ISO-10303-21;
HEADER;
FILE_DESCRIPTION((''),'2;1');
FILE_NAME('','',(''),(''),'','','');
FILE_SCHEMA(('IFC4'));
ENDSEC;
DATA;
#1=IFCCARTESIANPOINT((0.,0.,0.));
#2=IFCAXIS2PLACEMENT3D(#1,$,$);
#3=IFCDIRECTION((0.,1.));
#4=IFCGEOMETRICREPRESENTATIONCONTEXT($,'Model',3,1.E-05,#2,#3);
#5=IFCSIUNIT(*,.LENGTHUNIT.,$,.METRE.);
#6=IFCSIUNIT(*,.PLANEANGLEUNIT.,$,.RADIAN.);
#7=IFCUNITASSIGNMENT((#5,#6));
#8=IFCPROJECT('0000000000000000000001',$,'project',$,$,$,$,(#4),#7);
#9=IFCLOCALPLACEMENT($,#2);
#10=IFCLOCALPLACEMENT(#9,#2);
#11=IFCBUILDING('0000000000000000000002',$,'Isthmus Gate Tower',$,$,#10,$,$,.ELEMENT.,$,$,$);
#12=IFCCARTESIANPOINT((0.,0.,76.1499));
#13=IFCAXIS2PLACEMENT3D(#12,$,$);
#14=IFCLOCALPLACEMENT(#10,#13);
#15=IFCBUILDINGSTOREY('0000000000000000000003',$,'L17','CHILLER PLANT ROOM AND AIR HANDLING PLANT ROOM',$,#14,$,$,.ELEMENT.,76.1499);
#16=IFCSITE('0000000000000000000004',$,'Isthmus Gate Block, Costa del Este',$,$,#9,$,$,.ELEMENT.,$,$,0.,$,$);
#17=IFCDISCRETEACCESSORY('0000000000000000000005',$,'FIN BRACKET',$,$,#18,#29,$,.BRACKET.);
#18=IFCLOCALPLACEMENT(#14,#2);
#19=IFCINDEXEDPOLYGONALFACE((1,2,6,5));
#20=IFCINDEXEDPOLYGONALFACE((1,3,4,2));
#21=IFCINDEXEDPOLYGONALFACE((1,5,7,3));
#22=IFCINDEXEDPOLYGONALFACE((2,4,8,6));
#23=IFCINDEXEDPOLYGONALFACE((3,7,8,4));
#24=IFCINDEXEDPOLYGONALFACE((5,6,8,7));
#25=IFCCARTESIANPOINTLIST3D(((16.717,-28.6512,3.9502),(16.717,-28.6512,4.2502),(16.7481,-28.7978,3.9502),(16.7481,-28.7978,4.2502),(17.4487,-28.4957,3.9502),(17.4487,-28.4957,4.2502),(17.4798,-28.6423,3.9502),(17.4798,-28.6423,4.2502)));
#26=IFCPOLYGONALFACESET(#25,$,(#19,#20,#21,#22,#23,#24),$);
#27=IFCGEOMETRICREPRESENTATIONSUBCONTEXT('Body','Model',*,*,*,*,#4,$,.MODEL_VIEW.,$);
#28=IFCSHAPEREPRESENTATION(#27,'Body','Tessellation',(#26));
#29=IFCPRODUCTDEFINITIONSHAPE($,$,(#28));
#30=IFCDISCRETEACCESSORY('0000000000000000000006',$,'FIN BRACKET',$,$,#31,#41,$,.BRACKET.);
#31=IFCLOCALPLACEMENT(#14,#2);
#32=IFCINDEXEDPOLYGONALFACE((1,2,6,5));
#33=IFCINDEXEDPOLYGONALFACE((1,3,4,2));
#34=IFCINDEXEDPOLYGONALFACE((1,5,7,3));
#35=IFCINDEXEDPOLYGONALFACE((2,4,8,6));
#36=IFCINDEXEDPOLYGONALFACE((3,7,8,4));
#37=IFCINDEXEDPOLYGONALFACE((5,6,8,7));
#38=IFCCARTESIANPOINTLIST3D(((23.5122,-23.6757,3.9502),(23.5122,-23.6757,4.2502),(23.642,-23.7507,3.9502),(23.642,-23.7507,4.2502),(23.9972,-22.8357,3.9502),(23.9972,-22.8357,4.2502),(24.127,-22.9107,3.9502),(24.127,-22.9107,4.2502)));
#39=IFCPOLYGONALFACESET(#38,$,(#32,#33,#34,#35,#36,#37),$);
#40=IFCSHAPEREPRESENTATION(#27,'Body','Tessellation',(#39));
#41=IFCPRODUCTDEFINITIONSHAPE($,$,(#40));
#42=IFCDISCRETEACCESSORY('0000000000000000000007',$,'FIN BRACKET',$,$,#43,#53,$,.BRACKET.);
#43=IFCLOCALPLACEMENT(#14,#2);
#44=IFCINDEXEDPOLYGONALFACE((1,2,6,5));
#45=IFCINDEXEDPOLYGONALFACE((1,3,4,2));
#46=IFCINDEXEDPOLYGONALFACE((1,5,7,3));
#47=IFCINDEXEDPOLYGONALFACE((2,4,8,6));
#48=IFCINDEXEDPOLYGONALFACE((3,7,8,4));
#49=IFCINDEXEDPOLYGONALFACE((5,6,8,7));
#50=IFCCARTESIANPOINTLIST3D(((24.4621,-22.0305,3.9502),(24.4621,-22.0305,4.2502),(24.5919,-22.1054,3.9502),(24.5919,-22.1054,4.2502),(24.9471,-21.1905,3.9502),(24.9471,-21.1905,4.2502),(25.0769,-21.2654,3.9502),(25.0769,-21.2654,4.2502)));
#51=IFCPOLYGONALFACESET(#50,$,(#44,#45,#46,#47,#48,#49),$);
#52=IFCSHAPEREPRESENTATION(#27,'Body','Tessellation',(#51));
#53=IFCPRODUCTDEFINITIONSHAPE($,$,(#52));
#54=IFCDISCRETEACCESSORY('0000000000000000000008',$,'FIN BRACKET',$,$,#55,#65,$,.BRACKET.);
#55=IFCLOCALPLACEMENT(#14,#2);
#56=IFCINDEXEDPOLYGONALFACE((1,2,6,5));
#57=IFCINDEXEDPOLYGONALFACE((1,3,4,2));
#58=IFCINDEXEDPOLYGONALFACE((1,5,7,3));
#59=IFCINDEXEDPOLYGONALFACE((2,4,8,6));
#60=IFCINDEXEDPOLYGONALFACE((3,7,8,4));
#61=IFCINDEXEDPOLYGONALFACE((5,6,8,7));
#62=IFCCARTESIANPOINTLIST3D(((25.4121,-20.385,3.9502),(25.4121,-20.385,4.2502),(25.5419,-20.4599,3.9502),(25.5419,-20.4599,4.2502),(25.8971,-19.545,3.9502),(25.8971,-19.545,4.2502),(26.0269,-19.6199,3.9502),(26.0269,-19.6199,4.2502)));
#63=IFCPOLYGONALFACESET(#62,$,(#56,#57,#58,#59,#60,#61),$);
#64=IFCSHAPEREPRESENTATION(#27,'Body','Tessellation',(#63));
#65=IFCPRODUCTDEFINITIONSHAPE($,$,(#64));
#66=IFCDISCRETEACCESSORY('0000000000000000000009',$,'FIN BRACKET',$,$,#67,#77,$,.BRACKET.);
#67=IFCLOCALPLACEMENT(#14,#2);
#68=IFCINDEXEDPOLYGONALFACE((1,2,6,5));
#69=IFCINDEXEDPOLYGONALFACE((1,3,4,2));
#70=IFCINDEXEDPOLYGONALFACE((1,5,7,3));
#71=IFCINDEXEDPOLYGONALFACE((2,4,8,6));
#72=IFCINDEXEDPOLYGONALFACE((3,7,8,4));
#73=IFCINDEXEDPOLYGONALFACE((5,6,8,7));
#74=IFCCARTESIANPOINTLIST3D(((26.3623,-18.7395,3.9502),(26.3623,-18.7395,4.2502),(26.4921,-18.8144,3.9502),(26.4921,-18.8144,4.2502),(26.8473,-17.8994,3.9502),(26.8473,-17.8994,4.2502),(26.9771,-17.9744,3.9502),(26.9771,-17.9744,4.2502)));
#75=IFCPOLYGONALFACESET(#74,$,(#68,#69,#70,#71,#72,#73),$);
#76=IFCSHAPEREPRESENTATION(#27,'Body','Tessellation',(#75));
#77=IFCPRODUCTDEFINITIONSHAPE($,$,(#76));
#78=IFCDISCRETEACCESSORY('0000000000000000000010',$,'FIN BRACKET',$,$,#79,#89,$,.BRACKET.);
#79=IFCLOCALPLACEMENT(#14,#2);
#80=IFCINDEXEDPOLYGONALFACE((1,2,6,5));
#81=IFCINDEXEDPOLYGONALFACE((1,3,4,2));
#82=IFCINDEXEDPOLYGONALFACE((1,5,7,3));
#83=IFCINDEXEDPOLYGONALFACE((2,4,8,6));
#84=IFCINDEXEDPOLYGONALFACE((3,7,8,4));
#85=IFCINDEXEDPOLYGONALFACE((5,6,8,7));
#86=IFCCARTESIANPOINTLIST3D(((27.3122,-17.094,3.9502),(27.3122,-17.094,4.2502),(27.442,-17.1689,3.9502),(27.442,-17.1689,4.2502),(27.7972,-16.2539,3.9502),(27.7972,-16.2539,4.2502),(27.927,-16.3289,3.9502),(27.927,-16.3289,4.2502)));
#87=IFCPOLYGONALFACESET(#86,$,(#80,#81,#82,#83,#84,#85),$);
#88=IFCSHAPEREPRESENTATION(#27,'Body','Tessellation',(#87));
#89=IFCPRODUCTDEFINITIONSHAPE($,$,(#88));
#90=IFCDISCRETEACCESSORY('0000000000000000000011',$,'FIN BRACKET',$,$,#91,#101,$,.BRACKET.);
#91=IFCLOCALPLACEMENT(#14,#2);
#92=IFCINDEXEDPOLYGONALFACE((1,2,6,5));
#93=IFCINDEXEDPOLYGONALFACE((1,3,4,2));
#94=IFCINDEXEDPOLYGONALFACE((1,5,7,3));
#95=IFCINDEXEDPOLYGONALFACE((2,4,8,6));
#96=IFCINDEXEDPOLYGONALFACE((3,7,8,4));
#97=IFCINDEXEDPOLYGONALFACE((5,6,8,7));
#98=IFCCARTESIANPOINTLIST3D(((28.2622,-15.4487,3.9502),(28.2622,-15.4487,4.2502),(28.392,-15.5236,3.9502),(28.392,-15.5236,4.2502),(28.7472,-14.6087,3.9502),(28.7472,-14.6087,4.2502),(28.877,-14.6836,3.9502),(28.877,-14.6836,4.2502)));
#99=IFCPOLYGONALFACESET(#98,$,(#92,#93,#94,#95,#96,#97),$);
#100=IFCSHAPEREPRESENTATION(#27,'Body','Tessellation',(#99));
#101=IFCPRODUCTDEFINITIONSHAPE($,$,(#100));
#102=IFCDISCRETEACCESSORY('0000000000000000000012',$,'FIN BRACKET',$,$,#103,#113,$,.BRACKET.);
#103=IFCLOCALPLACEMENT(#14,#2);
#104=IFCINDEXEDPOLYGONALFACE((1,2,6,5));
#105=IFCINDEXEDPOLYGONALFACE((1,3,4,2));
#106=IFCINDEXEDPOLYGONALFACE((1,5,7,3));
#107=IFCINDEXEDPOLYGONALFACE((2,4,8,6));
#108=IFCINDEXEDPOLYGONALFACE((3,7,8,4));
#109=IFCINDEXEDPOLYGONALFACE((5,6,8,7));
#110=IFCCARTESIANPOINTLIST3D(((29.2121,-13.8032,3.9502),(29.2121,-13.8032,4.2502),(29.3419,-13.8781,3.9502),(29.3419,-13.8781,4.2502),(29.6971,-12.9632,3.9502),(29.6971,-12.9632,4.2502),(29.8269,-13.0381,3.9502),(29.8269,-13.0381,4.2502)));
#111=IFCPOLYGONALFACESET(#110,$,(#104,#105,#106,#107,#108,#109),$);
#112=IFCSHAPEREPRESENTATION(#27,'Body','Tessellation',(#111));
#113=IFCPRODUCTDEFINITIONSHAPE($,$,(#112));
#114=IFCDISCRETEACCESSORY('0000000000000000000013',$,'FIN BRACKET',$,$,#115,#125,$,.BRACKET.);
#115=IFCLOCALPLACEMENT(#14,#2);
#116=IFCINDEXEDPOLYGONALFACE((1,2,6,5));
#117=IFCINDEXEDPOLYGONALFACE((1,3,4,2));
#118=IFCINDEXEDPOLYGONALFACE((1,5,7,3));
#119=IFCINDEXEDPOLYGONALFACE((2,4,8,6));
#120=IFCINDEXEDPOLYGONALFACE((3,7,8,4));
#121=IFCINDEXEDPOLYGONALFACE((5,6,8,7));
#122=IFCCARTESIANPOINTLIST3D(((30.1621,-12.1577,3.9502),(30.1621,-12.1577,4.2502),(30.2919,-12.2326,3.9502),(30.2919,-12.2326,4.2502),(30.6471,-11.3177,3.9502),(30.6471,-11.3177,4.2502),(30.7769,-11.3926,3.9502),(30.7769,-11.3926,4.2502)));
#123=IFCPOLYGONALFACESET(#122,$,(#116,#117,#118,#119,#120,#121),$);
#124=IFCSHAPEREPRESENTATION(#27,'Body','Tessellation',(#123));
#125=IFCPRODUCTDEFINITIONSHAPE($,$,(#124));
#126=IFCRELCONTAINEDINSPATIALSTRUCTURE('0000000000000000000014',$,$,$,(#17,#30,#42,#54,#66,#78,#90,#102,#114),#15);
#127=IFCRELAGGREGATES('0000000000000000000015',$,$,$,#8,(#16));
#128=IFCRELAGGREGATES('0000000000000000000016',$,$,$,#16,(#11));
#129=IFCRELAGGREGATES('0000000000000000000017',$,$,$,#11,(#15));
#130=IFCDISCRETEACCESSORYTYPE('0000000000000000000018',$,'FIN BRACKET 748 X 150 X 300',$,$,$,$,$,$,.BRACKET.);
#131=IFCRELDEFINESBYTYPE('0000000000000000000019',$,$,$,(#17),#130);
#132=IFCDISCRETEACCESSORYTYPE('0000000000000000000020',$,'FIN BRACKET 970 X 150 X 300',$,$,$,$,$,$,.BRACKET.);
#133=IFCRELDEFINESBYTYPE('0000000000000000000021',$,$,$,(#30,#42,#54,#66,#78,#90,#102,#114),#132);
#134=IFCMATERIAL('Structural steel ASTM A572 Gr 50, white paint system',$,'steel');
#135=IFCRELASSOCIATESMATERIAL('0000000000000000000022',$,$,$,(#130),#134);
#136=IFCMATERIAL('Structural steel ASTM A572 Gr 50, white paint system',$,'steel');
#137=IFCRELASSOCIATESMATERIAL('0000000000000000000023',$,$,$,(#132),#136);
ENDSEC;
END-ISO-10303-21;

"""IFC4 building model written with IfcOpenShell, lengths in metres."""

from ifc_helpers import new_model, si_unit, direction, frame, origin, origin_2d, place, context, subcontext, project, spatial, rectangle, extrude, material, type_object, element, save


model = new_model("IFC4")

# Units and contexts
model_context = context("Model", 3, precision=1e-05, world=origin(), true_north=direction((0.0, 1.0)))
body_context = subcontext(model_context, "Body", "Model", "MODEL_VIEW")
ifc_project = project(units=[si_unit("LENGTHUNIT", "METRE"), si_unit("PLANEANGLEUNIT", "RADIAN")], contexts=[model_context])

# Site, building, storey
site_placement = place(None, origin())
site = spatial("IfcSite", under=ifc_project, at=site_placement, Name="Isthmus Gate Block, Costa del Este", CompositionType="ELEMENT", RefElevation=0.0)
building_placement = place(site_placement, origin())
building = spatial("IfcBuilding", under=site, at=building_placement, Name="Isthmus Gate Tower", CompositionType="ELEMENT")
storey_placement = place(building_placement, frame((0.0, 0.0, 76.1499)))
storey = spatial("IfcBuildingStorey", under=building, at=storey_placement, Name="L17", Description="CHILLER PLANT ROOM AND AIR HANDLING PLANT ROOM", CompositionType="ELEMENT", Elevation=76.1499)

# Discrete accessories
ifc_material_1 = material(Name="Structural steel ASTM A572 Gr 50, white paint system", Category="steel")
discrete_accessory_type_1 = type_object("IfcDiscreteAccessoryType", Name="FIN BRACKET 748 X 150 X 300", PredefinedType="BRACKET", material=ifc_material_1)
for number, where, z_axis, x_axis, name in (
    (1, (17.0984, -28.6467, 3.9502), (0.0, 0.0, 1.0), (0.207912, -0.978148, 0.0), "FIN BRACKET"),
):
    element("IfcDiscreteAccessory", number, at=place(storey_placement, frame(where, z_axis=z_axis, x_axis=x_axis)), inside=storey, type_object=discrete_accessory_type_1, Name=name, PredefinedType="BRACKET", context=body_context, shape_type="SweptSolid", body=[
        extrude(rectangle(XDim=0.1499, YDim=0.748, at=origin_2d()), origin(), (0.0, 0.0, 1.0), 0.3),
    ])
ifc_material_2 = material(Name="Structural steel ASTM A572 Gr 50, white paint system", Category="steel")
discrete_accessory_type_2 = type_object("IfcDiscreteAccessoryType", Name="FIN BRACKET 970 X 150 X 300", PredefinedType="BRACKET", material=ifc_material_2)
for number, where, z_axis, x_axis, name in (
    (2, (23.8196, -23.2932, 3.9502), (0.0, 0.0, 1.0), (0.866025, -0.5, 0.0), "FIN BRACKET"),
    (3, (24.7695, -21.6479, 3.9502), (0.0, 0.0, 1.0), (0.866025, -0.5, 0.0), "FIN BRACKET"),
    (4, (25.7195, -20.0024, 3.9502), (0.0, 0.0, 1.0), (0.866025, -0.5, 0.0), "FIN BRACKET"),
    (5, (26.6697, -18.3569, 3.9502), (0.0, 0.0, 1.0), (0.866025, -0.5, 0.0), "FIN BRACKET"),
    (6, (27.6196, -16.7114, 3.9502), (0.0, 0.0, 1.0), (0.866025, -0.5, 0.0), "FIN BRACKET"),
    (7, (28.5696, -15.0662, 3.9502), (0.0, 0.0, 1.0), (0.866025, -0.5, 0.0), "FIN BRACKET"),
    (8, (29.5195, -13.4207, 3.9502), (0.0, 0.0, 1.0), (0.866025, -0.5, 0.0), "FIN BRACKET"),
    (9, (30.4695, -11.7751, 3.9502), (0.0, 0.0, 1.0), (0.866025, -0.5, 0.0), "FIN BRACKET"),
):
    element("IfcDiscreteAccessory", number, at=place(storey_placement, frame(where, z_axis=z_axis, x_axis=x_axis)), inside=storey, type_object=discrete_accessory_type_2, Name=name, PredefinedType="BRACKET", context=body_context, shape_type="SweptSolid", body=[
        extrude(rectangle(XDim=0.1499, YDim=0.97, at=origin_2d()), origin(), (0.0, 0.0, 1.0), 0.3),
    ])

save(model, "model.ifc")
